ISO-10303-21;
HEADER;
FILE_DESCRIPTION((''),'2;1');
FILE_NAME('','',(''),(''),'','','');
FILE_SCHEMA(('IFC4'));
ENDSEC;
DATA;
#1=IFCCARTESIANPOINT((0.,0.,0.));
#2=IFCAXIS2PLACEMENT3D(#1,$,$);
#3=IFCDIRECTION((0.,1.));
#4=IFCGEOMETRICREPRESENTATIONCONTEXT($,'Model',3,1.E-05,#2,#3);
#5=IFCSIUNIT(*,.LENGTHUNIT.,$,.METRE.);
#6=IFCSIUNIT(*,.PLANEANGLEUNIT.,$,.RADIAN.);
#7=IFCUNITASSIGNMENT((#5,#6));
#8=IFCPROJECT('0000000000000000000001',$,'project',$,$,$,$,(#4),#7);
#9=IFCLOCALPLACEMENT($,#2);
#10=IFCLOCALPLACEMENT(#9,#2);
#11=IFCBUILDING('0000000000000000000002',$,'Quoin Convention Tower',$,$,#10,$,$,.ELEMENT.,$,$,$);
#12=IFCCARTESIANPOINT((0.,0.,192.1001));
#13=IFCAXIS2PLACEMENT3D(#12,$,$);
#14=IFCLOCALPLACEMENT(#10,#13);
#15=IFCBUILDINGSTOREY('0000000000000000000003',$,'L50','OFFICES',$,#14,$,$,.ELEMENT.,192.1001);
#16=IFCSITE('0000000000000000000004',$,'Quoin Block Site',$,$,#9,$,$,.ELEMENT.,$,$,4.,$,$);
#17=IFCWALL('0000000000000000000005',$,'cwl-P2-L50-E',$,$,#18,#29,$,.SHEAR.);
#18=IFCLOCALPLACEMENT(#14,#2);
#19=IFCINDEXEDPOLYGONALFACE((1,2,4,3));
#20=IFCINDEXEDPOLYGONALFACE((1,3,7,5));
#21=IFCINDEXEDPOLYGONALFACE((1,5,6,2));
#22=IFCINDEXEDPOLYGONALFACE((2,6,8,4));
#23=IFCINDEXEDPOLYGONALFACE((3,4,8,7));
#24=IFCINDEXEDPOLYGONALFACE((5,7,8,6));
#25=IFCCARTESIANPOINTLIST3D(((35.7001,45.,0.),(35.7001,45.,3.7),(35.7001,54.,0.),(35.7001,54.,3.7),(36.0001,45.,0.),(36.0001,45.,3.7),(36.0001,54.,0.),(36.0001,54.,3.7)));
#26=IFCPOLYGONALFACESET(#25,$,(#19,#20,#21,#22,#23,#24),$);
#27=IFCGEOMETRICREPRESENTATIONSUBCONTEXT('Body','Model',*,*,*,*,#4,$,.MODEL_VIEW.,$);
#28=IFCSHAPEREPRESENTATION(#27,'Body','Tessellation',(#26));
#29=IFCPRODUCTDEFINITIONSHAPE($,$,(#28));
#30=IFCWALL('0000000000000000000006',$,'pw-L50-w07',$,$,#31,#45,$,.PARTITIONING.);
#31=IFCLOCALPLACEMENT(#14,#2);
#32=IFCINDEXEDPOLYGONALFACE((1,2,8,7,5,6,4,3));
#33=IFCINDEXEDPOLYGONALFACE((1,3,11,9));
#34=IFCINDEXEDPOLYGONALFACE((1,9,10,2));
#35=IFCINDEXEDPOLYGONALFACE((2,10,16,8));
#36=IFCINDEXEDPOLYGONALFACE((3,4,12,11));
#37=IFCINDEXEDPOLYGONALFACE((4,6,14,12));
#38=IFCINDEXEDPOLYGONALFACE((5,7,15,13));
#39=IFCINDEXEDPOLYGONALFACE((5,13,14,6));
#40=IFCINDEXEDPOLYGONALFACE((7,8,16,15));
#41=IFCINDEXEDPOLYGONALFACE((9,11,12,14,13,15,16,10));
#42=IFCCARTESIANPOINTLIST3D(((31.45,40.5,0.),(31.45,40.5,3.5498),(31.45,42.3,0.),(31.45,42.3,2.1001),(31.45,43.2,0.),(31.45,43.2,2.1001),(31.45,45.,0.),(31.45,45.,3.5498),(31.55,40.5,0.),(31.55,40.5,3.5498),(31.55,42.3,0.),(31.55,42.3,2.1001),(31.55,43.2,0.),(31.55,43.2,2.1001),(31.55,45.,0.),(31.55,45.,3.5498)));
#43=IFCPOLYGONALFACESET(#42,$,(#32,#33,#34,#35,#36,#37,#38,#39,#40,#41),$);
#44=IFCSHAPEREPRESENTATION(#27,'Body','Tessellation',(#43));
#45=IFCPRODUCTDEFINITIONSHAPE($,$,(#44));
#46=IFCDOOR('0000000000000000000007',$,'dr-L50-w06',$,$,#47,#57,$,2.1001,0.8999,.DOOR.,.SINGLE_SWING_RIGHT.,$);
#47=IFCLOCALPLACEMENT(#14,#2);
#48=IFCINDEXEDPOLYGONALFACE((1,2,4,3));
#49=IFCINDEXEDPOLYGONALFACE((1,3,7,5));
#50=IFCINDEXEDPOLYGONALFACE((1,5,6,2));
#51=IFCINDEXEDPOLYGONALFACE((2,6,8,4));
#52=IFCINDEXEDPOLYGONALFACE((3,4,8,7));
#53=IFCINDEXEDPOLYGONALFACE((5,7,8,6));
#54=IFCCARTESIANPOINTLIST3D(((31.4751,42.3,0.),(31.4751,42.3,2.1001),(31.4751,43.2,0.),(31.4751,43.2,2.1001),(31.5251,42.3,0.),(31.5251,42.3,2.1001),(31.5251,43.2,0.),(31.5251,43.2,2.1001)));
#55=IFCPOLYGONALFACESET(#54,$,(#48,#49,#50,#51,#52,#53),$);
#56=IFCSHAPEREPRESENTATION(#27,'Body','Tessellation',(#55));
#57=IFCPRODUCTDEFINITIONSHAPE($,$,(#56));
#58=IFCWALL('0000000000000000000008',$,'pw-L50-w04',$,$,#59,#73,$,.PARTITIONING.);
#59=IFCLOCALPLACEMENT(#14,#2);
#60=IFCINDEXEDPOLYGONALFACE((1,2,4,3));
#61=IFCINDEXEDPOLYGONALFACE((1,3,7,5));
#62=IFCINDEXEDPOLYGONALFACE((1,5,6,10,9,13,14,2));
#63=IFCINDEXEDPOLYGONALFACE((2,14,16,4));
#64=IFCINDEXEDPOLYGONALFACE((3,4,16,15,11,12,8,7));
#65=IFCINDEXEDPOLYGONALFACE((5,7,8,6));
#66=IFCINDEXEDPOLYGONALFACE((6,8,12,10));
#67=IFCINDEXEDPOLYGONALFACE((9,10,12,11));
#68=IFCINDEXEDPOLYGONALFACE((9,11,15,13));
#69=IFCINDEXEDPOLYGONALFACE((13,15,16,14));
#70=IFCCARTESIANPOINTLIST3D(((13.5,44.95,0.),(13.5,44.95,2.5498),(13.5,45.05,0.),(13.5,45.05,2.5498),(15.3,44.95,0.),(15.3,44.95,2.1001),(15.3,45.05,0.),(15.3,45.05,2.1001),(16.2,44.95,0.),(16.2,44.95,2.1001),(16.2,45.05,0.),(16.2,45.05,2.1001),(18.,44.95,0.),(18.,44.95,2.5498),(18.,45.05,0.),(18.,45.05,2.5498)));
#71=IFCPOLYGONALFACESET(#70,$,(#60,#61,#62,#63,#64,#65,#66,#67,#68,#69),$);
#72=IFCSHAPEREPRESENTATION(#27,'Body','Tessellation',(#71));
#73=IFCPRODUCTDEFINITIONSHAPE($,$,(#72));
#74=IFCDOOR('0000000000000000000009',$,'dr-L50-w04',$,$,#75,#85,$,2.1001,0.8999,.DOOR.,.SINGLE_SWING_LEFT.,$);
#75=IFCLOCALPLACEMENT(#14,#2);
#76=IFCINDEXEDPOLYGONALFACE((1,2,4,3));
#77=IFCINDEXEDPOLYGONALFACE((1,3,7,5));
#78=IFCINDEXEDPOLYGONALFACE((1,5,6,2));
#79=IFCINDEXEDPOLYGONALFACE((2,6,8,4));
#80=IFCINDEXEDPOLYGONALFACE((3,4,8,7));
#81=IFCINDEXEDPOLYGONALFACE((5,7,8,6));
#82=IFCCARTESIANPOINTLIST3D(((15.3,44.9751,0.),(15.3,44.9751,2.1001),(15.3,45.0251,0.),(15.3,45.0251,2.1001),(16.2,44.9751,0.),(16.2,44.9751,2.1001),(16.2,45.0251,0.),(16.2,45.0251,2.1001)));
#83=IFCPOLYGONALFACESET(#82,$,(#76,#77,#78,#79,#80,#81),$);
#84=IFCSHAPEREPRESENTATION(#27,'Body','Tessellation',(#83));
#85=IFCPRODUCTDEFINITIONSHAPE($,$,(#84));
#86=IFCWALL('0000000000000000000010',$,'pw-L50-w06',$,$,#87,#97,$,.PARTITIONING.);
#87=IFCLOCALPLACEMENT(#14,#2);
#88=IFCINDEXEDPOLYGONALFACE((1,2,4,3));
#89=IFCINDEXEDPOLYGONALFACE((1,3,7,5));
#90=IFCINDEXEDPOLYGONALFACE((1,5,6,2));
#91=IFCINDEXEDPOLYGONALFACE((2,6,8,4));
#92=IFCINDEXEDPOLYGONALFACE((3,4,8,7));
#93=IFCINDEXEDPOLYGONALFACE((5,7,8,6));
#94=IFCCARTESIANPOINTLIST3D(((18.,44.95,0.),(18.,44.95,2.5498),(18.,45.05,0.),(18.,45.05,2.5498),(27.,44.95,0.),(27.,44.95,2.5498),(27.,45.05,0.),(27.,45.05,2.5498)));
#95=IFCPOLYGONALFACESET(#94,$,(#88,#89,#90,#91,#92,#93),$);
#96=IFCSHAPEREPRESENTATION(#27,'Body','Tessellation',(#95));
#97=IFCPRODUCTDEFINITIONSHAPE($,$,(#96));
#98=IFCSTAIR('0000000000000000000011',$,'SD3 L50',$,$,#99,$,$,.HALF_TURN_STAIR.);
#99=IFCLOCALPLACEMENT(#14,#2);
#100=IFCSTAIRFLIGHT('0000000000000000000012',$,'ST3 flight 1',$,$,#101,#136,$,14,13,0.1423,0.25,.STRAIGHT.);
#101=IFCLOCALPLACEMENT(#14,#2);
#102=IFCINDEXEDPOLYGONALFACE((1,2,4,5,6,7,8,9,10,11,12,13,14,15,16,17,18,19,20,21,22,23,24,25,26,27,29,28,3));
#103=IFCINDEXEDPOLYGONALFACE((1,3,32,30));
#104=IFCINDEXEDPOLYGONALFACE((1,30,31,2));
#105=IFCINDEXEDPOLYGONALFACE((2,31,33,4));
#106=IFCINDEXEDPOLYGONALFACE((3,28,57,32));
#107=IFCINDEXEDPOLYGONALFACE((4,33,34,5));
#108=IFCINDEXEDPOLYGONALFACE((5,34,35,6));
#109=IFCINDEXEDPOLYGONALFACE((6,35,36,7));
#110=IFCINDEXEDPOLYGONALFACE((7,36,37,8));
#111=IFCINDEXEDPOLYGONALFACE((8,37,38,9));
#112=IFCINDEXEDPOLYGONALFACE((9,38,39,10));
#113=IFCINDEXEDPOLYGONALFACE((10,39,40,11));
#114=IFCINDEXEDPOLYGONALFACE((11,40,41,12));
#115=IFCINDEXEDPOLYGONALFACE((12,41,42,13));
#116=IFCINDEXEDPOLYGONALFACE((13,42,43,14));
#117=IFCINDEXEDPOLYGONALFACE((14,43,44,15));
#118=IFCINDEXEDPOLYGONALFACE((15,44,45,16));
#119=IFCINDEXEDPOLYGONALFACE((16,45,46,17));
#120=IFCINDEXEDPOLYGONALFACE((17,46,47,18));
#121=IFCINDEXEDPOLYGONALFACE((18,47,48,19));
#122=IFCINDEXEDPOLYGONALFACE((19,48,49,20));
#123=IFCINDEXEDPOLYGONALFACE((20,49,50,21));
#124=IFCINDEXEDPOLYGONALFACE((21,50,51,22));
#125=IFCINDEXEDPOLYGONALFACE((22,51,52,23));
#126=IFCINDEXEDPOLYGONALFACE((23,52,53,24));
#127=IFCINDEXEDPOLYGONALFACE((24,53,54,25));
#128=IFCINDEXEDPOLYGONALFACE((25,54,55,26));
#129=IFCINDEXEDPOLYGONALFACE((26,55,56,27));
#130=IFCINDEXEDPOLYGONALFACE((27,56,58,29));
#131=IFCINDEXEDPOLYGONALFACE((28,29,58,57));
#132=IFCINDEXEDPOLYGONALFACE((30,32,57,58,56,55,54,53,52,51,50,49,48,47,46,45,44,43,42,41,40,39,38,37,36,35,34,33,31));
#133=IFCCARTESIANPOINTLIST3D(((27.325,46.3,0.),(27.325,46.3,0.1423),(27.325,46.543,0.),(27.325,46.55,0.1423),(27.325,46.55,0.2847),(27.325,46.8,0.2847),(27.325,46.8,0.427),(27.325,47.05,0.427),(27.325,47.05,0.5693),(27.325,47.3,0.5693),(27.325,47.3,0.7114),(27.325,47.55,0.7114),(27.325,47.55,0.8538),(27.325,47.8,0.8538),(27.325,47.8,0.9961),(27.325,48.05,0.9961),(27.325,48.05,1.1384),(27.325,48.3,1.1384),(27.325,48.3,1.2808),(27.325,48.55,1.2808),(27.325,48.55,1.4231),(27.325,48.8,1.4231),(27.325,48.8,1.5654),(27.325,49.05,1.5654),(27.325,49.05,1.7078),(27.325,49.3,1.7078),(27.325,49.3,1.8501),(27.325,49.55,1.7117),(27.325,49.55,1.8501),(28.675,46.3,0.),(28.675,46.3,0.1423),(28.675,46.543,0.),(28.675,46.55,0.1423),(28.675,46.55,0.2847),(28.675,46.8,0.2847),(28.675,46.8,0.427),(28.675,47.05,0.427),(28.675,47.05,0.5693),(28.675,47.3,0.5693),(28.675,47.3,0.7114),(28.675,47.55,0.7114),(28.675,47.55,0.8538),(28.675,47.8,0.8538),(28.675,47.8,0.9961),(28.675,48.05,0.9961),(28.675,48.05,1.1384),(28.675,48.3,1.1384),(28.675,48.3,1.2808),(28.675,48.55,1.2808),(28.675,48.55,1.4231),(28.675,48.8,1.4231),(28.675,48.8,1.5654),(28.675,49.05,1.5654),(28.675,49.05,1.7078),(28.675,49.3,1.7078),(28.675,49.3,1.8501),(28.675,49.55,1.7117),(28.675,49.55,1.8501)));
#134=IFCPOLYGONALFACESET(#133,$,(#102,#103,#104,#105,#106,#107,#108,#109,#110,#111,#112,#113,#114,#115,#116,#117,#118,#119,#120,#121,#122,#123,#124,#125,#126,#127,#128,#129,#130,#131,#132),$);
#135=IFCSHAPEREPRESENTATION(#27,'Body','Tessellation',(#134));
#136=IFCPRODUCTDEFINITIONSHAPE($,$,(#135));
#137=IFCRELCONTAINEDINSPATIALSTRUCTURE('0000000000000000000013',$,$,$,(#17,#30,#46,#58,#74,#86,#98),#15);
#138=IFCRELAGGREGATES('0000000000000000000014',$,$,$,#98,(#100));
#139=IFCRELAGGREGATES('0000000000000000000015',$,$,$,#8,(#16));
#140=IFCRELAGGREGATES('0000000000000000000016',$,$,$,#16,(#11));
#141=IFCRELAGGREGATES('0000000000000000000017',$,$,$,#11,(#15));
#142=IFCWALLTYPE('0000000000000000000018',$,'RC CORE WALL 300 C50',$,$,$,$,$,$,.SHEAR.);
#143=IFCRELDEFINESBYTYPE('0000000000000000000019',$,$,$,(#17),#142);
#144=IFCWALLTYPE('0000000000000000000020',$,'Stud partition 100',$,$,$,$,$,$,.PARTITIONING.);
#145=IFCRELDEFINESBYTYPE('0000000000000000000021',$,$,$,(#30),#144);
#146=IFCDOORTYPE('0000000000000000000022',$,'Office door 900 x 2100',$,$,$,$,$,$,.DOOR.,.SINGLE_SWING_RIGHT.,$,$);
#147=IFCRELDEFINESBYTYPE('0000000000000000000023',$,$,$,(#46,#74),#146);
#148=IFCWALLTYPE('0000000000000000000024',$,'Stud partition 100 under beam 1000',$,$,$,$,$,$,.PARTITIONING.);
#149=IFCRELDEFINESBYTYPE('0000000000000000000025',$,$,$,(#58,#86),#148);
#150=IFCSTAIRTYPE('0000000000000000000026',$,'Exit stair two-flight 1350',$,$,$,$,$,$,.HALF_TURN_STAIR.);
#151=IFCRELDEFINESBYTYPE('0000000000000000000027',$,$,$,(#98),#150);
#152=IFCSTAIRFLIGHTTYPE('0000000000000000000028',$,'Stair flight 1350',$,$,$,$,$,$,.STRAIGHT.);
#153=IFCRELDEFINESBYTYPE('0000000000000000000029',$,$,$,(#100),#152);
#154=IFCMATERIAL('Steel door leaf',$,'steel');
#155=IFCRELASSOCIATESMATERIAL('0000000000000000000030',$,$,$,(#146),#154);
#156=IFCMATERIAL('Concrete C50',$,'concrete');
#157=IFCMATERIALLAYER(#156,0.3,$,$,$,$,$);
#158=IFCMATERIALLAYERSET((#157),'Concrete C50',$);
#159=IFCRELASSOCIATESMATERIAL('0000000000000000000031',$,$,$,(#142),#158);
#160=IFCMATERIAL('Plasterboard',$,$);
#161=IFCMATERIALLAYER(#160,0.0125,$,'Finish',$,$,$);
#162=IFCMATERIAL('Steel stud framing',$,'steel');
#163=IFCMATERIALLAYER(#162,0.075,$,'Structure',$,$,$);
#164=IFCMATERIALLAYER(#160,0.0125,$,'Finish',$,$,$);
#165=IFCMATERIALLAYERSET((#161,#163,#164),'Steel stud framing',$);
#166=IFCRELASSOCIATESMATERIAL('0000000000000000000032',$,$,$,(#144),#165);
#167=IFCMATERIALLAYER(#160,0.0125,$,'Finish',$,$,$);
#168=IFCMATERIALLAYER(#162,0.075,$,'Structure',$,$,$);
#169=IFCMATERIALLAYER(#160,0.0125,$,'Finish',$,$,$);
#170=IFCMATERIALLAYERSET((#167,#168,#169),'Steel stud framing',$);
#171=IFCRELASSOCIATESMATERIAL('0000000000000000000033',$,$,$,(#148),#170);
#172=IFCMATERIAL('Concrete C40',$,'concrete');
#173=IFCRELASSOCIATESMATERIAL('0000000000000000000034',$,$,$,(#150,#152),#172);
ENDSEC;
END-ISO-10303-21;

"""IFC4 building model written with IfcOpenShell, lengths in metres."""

from ifc_helpers import new_model, si_unit, direction, frame, frame_2d, origin, place, context, subcontext, project, spatial, polyline, rectangle, outline, extrude, material, layer, layer_set, type_object, element, fill, aggregate, save


model = new_model("IFC4")

# Units and contexts
model_context = context("Model", 3, precision=1e-05, world=origin(), true_north=direction((0.0, 1.0)))
body_context = subcontext(model_context, "Body", "Model", "MODEL_VIEW")
ifc_project = project(units=[si_unit("LENGTHUNIT", "METRE"), si_unit("PLANEANGLEUNIT", "RADIAN")], contexts=[model_context])

# Site, building, storey
site_placement = place(None, origin())
site = spatial("IfcSite", under=ifc_project, at=site_placement, Name="Quoin Block Site", CompositionType="ELEMENT", RefElevation=4.0)
building_placement = place(site_placement, origin())
building = spatial("IfcBuilding", under=site, at=building_placement, Name="Quoin Convention Tower", CompositionType="ELEMENT")
storey_placement = place(building_placement, frame((0.0, 0.0, 192.1001)))
storey = spatial("IfcBuildingStorey", under=building, at=storey_placement, Name="L50", Description="OFFICES", CompositionType="ELEMENT", Elevation=192.1001)

# Shared definitions
ifc_material_1 = material(Name="Concrete C50", Category="concrete")

# Shared definitions
ifc_material_2 = material(Name="Plasterboard")
ifc_material_3 = material(Name="Steel stud framing", Category="steel")
ifc_material_4 = material(Name="Steel door leaf", Category="steel")
door_type_1 = type_object("IfcDoorType", Name="Office door 900 x 2100", OperationType="SINGLE_SWING_RIGHT", PredefinedType="DOOR", material=ifc_material_4)
ifc_layer_1 = layer(ifc_material_1, 0.3)
ifc_layer_set_1 = layer_set([ifc_layer_1], Name="Concrete C50")
wall_type_1 = type_object("IfcWallType", Name="RC CORE WALL 300 C50", PredefinedType="SHEAR", material=ifc_layer_set_1)

# Wall
wall_1_placement = place(storey_placement, frame((35.8501, 45.0, 0.0), z_axis=(0.0, 0.0, 1.0), x_axis=(0.0, 1.0, 0.0)))
element("IfcWall", 1, at=wall_1_placement, inside=storey, type_object=wall_type_1, Name="cwl-P2-L50-E", PredefinedType="SHEAR", context=body_context, shape_type="SweptSolid", body=[
    extrude(rectangle(XDim=9.0, YDim=0.3, at=frame_2d((4.5, 0.0))), origin(), (0.0, 0.0, 1.0), 3.7),
])

# Walls, openings, doors
ifc_layer_2 = layer(ifc_material_2, 0.0125, Name="Finish")
ifc_layer_3 = layer(ifc_material_3, 0.075, Name="Structure")
ifc_layer_4 = layer(ifc_material_2, 0.0125, Name="Finish")
ifc_layer_set_2 = layer_set([ifc_layer_2, ifc_layer_3, ifc_layer_4], Name="Steel stud framing")
wall_type_2 = type_object("IfcWallType", Name="Stud partition 100", PredefinedType="PARTITIONING", material=ifc_layer_set_2)
wall_2_placement = place(storey_placement, frame((31.5, 45.0, 0.0), z_axis=(0.0, 0.0, 1.0), x_axis=(0.0, -1.0, 0.0)))
wall_2 = element("IfcWall", 2, at=wall_2_placement, inside=storey, type_object=wall_type_2, Name="pw-L50-w07", PredefinedType="PARTITIONING", context=body_context, shape_type="SweptSolid", body=[
    extrude(rectangle(XDim=4.5, YDim=0.1001, at=frame_2d((2.25, 0.0))), origin(), (0.0, 0.0, 1.0), 3.5498),
])
opening_1_placement = place(wall_2_placement, frame((1.8, 0.0, 0.0)))
opening_1 = element("IfcOpeningElement", 3, at=opening_1_placement, cuts=wall_2, PredefinedType="OPENING", context=body_context, shape_type="SweptSolid", body=[
    extrude(rectangle(XDim=0.8999, YDim=2.1001, at=frame_2d((0.45, 1.05))), frame((0.0, 0.0601, 0.0), z_axis=(0.0, -1.0, 0.0), x_axis=(1.0, 0.0, 0.0)), (0.0, 0.0, 1.0), 0.1201),
])
door_1_placement = place(opening_1_placement, frame((0.8999, 0.0, 0.0), z_axis=(0.0, 0.0, 1.0), x_axis=(-1.0, 0.0, 0.0)))
door_1 = element("IfcDoor", 4, at=door_1_placement, inside=storey, type_object=door_type_1, Name="dr-L50-w06", OperationType="SINGLE_SWING_RIGHT", OverallHeight=2.1001, OverallWidth=0.8999, PredefinedType="DOOR", context=body_context, shape_type="SweptSolid", body=[
    extrude(rectangle(XDim=0.8999, YDim=2.1001, at=frame_2d((0.45, 1.05))), frame((0.0, 0.0249, 0.0), z_axis=(0.0, -1.0, 0.0), x_axis=(1.0, 0.0, 0.0)), (0.0, 0.0, 1.0), 0.05),
])
fill(opening_1, door_1)
ifc_layer_5 = layer(ifc_material_2, 0.0125, Name="Finish")
ifc_layer_6 = layer(ifc_material_3, 0.075, Name="Structure")
ifc_layer_7 = layer(ifc_material_2, 0.0125, Name="Finish")
ifc_layer_set_3 = layer_set([ifc_layer_5, ifc_layer_6, ifc_layer_7], Name="Steel stud framing")
wall_type_3 = type_object("IfcWallType", Name="Stud partition 100 under beam 1000", PredefinedType="PARTITIONING", material=ifc_layer_set_3)
wall_3_placement = place(storey_placement, frame((18.0, 45.0, 0.0), z_axis=(0.0, 0.0, 1.0), x_axis=(-1.0, 0.0, 0.0)))
wall_3 = element("IfcWall", 5, at=wall_3_placement, inside=storey, type_object=wall_type_3, Name="pw-L50-w04", PredefinedType="PARTITIONING", context=body_context, shape_type="SweptSolid", body=[
    extrude(rectangle(XDim=4.5, YDim=0.1001, at=frame_2d((2.25, 0.0))), origin(), (0.0, 0.0, 1.0), 2.5498),
])
opening_2_placement = place(wall_3_placement, frame((1.8, 0.0, 0.0)))
opening_2 = element("IfcOpeningElement", 6, at=opening_2_placement, cuts=wall_3, PredefinedType="OPENING", context=body_context, shape_type="SweptSolid", body=[
    extrude(rectangle(XDim=0.8999, YDim=2.1001, at=frame_2d((0.45, 1.05))), frame((0.0, 0.0601, 0.0), z_axis=(0.0, -1.0, 0.0), x_axis=(1.0, 0.0, 0.0)), (0.0, 0.0, 1.0), 0.1201),
])
door_2_placement = place(opening_2_placement, origin())
door_2 = element("IfcDoor", 7, at=door_2_placement, inside=storey, type_object=door_type_1, Name="dr-L50-w04", OperationType="SINGLE_SWING_LEFT", OverallHeight=2.1001, OverallWidth=0.8999, PredefinedType="DOOR", context=body_context, shape_type="SweptSolid", body=[
    extrude(rectangle(XDim=0.8999, YDim=2.1001, at=frame_2d((0.45, 1.05))), frame((0.0, 0.0249, 0.0), z_axis=(0.0, -1.0, 0.0), x_axis=(1.0, 0.0, 0.0)), (0.0, 0.0, 1.0), 0.05),
])
fill(opening_2, door_2)

# Wall
wall_4_placement = place(storey_placement, frame((18.0, 45.0, 0.0), z_axis=(0.0, 0.0, 1.0), x_axis=(1.0, 0.0, 0.0)))
element("IfcWall", 8, at=wall_4_placement, inside=storey, type_object=wall_type_3, Name="pw-L50-w06", PredefinedType="PARTITIONING", context=body_context, shape_type="SweptSolid", body=[
    extrude(rectangle(XDim=9.0, YDim=0.1001, at=frame_2d((4.5, 0.0))), origin(), (0.0, 0.0, 1.0), 2.5498),
])

# Stair, stair flight
ifc_material_5 = material(Name="Concrete C40", Category="concrete")
stair_type = type_object("IfcStairType", Name="Exit stair two-flight 1350", PredefinedType="HALF_TURN_STAIR", material=ifc_material_5)
stair_placement = place(storey_placement, origin())
stair = element("IfcStair", 9, at=stair_placement, inside=storey, type_object=stair_type, Name="SD3 L50", PredefinedType="HALF_TURN_STAIR")
stair_flight_type = type_object("IfcStairFlightType", Name="Stair flight 1350", PredefinedType="STRAIGHT", material=ifc_material_5)
stair_flight_placement = place(storey_placement, frame((28.0, 46.3, 0.0), z_axis=(0.0, 0.0, 1.0), x_axis=(0.0, 1.0, 0.0)))
stair_flight = element("IfcStairFlight", 10, at=stair_flight_placement, type_object=stair_flight_type, Name="ST3 flight 1", NumberOfRisers=14, NumberOfTreads=13, PredefinedType="STRAIGHT", RiserHeight=0.1423, TreadLength=0.25, context=body_context, shape_type="SweptSolid", body=[
    extrude(outline(polyline([(0.0, 0.0), (0.0, 0.1423), (0.25, 0.1423), (0.25, 0.2847), (0.5, 0.2847), (0.5, 0.427), (0.75, 0.427), (0.75, 0.5693), (1.0, 0.5693), (1.0, 0.7114), (1.25, 0.7114), (1.25, 0.8538), (1.5, 0.8538), (1.5, 0.9961), (1.75, 0.9961), (1.75, 1.1384), (2.0, 1.1384), (2.0, 1.2808), (2.25, 1.2808), (2.25, 1.4231), (2.5, 1.4231), (2.5, 1.5654), (2.75, 1.5654), (2.75, 1.7078), (3.0, 1.7078), (3.0, 1.8501), (3.25, 1.8501), (3.25, 1.9922), (3.25, 1.7117), (0.2429, 0.0), (0.0, 0.0)])), frame((0.0, 0.675, 0.0), z_axis=(0.0, -1.0, 0.0), x_axis=(1.0, 0.0, 0.0)), (0.0, 0.0, 1.0), 1.3501),
])
aggregate(stair, [stair_flight])

save(model, "model.ifc")
